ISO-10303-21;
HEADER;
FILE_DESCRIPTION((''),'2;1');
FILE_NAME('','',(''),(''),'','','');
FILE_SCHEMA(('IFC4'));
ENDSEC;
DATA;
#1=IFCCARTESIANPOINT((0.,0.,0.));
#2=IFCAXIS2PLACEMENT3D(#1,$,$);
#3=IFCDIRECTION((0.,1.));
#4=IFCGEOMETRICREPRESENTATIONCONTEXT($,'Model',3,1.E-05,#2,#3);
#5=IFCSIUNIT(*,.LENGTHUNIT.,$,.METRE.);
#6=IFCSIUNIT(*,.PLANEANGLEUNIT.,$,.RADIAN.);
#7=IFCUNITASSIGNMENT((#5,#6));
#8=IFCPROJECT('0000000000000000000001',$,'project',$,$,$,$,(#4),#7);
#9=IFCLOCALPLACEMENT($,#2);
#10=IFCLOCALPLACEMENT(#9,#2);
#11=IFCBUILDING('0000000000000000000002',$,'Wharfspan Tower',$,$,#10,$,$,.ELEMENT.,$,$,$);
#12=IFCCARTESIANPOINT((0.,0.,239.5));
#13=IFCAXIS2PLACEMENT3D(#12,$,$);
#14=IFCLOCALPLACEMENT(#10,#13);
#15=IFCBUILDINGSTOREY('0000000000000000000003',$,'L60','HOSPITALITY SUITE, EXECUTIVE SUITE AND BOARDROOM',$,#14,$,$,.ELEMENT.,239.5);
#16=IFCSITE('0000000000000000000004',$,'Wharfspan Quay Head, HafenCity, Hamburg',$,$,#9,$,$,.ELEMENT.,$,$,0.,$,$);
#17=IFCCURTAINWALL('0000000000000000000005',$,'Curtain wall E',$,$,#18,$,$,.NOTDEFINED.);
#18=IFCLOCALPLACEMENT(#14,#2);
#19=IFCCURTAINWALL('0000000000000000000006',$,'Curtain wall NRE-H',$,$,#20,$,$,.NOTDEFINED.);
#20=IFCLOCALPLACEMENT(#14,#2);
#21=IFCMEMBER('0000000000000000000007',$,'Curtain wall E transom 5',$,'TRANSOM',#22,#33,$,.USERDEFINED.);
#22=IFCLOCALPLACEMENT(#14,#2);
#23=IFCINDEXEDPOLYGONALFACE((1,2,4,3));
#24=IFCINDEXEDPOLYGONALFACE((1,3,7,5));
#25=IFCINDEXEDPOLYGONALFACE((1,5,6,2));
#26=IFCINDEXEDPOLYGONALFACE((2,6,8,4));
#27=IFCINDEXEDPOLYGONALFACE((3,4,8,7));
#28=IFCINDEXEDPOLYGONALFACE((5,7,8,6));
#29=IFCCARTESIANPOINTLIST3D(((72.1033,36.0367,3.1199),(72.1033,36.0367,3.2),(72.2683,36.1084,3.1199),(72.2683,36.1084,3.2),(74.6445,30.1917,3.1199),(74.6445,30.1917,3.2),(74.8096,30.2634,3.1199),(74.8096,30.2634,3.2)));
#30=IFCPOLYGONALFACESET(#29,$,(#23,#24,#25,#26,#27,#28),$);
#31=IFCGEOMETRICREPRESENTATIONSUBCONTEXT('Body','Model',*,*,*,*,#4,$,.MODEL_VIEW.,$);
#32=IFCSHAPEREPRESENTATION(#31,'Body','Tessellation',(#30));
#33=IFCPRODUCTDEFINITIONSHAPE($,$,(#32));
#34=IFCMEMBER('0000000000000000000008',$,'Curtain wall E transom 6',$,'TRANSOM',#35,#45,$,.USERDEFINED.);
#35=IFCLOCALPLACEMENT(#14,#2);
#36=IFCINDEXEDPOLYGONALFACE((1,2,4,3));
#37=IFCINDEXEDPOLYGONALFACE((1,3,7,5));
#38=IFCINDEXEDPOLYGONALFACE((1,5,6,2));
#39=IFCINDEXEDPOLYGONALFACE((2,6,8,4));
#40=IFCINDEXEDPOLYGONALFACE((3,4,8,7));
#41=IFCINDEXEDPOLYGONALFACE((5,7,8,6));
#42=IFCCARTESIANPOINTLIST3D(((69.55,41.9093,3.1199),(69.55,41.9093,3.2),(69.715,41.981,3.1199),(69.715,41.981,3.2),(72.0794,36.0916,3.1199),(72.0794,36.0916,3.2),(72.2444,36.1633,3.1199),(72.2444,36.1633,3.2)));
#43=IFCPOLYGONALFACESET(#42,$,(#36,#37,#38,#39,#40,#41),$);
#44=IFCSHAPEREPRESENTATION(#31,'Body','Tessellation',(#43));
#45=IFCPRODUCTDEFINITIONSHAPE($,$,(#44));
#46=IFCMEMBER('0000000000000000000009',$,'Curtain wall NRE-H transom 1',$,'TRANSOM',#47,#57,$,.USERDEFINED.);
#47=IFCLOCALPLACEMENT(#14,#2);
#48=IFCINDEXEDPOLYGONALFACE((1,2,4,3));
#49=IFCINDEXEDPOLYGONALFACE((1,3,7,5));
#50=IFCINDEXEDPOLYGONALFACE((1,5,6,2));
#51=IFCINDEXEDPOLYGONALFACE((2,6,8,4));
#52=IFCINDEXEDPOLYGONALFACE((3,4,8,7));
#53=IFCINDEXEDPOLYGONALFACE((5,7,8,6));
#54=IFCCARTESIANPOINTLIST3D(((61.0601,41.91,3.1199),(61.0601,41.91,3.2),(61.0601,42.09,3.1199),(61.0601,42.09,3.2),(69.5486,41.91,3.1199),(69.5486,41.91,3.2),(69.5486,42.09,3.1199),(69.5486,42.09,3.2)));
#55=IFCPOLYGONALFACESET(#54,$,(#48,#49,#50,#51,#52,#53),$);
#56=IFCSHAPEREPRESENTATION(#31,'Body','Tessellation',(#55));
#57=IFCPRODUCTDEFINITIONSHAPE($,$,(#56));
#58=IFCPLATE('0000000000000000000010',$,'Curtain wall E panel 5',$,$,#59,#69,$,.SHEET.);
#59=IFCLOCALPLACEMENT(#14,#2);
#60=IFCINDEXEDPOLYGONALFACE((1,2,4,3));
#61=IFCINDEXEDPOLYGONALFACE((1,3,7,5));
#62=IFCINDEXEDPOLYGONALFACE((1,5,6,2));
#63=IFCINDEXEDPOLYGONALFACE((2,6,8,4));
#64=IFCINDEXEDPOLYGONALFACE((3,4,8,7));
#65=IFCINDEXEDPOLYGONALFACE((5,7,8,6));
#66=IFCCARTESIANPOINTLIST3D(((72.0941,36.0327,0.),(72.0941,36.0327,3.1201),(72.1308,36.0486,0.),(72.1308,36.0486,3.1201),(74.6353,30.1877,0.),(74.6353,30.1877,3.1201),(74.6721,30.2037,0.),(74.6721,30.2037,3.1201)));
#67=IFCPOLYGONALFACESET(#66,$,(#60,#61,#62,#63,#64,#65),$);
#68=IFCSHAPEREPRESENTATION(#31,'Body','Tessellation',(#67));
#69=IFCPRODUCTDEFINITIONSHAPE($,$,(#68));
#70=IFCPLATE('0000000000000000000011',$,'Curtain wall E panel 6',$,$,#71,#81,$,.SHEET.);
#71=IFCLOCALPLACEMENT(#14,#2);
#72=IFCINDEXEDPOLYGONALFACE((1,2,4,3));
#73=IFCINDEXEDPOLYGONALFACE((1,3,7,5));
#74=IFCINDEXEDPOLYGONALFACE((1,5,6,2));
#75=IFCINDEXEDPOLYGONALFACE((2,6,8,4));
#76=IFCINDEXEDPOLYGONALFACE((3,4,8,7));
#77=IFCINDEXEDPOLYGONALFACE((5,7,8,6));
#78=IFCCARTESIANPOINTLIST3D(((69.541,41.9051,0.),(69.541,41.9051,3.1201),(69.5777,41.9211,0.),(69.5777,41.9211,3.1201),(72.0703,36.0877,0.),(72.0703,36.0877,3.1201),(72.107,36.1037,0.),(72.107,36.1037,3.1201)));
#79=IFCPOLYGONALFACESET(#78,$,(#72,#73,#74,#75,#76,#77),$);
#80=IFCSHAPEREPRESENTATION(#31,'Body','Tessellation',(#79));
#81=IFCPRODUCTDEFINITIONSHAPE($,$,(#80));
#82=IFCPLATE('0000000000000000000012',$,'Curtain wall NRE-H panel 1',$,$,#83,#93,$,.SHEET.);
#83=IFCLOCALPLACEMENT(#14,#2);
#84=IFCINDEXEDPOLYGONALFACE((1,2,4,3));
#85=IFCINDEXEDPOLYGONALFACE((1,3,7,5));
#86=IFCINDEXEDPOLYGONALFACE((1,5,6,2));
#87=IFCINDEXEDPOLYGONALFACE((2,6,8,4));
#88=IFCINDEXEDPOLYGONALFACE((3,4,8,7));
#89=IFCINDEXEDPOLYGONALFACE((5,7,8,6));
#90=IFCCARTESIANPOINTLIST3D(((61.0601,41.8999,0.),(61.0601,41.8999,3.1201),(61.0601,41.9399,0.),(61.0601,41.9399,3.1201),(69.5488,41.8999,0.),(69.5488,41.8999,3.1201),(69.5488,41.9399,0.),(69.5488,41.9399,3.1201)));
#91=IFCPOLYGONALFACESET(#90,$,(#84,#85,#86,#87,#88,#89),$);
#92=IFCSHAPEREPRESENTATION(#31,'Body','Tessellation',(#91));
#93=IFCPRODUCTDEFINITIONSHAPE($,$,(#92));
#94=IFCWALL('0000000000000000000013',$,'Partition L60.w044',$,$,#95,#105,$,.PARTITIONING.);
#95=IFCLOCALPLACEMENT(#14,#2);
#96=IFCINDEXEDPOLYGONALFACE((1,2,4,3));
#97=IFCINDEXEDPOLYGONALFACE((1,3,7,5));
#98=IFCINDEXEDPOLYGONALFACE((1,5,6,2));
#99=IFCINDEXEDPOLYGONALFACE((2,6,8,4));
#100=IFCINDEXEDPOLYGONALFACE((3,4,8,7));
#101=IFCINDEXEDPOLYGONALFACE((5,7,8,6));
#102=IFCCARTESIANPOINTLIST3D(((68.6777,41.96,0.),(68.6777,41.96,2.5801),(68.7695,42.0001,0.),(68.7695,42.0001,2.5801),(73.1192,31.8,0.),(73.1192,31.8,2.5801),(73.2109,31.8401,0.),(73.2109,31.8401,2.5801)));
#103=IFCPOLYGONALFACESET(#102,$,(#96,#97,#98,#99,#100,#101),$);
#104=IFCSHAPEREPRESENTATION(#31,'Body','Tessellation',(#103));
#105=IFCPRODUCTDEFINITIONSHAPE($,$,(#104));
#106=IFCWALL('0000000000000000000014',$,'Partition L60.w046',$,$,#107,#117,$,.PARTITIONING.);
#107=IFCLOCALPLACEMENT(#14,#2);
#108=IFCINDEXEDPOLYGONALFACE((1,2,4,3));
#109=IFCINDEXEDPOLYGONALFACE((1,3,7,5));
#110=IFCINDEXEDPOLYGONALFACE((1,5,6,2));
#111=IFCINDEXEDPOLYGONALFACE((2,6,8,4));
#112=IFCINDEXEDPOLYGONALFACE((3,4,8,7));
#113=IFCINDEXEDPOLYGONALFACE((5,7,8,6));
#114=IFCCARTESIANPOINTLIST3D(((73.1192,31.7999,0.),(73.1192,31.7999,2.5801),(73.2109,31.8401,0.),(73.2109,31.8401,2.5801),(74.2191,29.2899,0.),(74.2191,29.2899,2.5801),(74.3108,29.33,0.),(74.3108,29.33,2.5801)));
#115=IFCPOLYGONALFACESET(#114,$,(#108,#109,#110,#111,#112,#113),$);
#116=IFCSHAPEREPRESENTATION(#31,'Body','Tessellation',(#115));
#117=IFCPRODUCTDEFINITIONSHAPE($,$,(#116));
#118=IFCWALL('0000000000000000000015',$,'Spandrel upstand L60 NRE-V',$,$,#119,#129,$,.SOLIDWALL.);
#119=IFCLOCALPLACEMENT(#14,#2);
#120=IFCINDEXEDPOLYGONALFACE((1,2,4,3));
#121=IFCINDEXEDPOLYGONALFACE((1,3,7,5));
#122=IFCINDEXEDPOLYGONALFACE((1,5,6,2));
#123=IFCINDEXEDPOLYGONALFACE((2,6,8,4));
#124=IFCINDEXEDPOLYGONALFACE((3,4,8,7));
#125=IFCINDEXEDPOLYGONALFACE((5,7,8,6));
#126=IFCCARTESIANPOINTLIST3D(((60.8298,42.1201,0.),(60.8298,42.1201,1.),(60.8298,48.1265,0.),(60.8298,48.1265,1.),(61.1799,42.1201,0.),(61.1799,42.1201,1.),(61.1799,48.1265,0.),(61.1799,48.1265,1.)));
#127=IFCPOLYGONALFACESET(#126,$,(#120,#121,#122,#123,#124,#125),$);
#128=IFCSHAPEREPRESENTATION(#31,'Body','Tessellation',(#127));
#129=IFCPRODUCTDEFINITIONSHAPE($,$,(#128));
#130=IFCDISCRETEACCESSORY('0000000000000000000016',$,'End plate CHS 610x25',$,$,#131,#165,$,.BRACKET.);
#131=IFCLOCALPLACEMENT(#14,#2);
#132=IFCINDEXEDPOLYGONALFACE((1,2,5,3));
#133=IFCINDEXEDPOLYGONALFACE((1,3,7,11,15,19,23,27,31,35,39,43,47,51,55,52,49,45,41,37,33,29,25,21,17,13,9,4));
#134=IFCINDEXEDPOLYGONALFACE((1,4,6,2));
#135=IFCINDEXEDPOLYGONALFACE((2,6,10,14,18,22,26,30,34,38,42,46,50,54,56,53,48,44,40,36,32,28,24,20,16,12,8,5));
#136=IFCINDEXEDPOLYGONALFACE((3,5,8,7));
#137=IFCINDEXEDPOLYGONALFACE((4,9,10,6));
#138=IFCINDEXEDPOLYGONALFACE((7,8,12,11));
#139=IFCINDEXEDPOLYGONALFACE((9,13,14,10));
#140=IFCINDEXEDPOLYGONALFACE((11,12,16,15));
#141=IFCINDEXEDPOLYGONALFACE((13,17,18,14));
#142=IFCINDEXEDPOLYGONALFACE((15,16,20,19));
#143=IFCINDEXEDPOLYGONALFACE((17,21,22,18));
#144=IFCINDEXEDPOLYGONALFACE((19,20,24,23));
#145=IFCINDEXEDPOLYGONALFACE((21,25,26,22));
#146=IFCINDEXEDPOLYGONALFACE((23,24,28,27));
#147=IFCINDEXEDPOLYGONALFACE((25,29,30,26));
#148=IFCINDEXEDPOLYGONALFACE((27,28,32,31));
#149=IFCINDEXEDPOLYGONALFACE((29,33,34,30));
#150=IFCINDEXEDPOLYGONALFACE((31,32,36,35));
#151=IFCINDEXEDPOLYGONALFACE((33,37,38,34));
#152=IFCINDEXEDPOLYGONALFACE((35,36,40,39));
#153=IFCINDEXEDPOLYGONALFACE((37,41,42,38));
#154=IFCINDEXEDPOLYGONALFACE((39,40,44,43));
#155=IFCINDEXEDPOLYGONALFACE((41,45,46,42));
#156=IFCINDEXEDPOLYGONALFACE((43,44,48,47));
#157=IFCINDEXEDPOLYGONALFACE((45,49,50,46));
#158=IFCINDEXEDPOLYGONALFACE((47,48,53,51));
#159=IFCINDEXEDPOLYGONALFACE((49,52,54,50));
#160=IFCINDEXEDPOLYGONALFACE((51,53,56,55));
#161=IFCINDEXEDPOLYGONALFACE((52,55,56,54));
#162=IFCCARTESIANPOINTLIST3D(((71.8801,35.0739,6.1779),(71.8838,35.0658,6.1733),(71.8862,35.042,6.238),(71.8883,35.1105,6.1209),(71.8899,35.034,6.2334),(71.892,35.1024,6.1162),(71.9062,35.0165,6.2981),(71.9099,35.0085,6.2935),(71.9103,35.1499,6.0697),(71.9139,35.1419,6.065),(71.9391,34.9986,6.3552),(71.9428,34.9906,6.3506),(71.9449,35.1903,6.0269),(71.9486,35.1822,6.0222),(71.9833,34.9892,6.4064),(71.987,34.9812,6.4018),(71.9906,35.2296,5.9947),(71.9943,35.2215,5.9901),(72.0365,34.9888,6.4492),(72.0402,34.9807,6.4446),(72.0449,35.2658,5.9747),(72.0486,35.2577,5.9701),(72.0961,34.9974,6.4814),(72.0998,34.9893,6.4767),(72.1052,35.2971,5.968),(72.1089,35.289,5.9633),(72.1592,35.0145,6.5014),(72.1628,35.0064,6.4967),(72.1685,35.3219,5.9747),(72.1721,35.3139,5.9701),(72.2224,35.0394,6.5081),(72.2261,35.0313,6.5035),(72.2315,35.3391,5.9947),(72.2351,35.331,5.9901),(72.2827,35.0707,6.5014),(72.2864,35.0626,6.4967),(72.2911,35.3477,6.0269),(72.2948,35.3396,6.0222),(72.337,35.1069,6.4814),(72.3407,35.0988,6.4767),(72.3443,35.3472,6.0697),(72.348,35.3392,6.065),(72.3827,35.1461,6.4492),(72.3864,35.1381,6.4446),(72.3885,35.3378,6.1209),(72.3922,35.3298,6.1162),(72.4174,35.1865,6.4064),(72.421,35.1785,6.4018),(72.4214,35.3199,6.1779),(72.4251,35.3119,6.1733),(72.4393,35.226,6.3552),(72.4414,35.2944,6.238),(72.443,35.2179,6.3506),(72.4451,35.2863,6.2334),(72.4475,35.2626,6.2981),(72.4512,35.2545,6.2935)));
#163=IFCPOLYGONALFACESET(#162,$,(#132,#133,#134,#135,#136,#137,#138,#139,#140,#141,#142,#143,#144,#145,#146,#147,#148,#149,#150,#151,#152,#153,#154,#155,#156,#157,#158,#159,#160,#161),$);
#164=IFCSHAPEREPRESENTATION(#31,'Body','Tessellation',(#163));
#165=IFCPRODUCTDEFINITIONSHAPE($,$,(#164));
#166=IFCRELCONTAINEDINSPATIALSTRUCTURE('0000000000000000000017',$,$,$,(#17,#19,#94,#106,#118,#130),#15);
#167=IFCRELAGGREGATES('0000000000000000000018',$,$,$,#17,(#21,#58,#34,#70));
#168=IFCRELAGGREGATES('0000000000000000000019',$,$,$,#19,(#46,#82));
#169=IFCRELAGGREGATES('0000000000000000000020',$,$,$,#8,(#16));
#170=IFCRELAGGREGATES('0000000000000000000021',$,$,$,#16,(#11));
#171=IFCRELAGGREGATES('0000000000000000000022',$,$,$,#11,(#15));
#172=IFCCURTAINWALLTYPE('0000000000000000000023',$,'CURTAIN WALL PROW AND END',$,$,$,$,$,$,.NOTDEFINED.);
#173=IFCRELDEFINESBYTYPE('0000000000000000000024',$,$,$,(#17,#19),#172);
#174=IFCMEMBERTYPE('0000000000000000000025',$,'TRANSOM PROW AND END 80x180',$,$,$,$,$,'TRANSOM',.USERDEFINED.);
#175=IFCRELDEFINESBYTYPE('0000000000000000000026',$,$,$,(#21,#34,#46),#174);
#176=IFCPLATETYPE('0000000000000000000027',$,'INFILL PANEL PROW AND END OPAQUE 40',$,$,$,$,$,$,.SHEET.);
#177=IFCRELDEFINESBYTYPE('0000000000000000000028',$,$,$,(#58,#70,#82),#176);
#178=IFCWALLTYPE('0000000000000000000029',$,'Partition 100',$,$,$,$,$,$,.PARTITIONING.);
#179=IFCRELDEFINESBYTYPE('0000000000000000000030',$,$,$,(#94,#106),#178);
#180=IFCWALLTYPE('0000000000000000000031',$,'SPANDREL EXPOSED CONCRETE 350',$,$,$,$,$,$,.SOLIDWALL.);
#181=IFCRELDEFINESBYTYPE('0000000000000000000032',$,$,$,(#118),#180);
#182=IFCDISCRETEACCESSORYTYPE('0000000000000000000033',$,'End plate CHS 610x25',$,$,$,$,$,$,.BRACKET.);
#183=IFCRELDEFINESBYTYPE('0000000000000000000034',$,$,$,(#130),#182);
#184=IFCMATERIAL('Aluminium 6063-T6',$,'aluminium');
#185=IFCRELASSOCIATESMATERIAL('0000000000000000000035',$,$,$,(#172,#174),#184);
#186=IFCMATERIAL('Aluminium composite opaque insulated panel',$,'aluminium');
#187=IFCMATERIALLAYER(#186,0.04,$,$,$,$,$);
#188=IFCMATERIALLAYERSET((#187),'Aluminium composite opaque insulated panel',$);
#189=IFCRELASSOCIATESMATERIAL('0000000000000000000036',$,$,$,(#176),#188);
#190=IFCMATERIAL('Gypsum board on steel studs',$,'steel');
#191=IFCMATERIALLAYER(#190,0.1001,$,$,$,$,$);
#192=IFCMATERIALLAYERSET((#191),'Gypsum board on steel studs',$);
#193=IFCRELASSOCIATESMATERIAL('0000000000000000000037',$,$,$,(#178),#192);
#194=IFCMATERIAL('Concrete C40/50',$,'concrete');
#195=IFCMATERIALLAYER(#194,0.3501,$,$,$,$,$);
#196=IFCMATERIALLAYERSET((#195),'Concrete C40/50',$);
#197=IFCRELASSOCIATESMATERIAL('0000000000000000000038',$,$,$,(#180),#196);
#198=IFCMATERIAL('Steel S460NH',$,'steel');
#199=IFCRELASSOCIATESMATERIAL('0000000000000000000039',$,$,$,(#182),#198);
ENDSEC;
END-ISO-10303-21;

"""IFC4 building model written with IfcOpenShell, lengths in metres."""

from ifc_helpers import new_model, si_unit, direction, frame, frame_2d, origin, origin_2d, place, context, subcontext, project, spatial, rectangle, circle, extrude, material, layer, layer_set, material_profile, profile_set, type_object, element, aggregate, save


model = new_model("IFC4")

# Units and contexts
model_context = context("Model", 3, precision=1e-05, world=origin(), true_north=direction((0.0, 1.0)))
body_context = subcontext(model_context, "Body", "Model", "MODEL_VIEW")
ifc_project = project(units=[si_unit("LENGTHUNIT", "METRE"), si_unit("PLANEANGLEUNIT", "RADIAN")], contexts=[model_context])

# Site, building, storey
site_placement = place(None, origin())
site = spatial("IfcSite", under=ifc_project, at=site_placement, Name="Wharfspan Quay Head, HafenCity, Hamburg", CompositionType="ELEMENT", RefElevation=0.0)
building_placement = place(site_placement, origin())
building = spatial("IfcBuilding", under=site, at=building_placement, Name="Wharfspan Tower", CompositionType="ELEMENT")
storey_placement = place(building_placement, frame((0.0, 0.0, 239.5)))
storey = spatial("IfcBuildingStorey", under=building, at=storey_placement, Name="L60", Description="HOSPITALITY SUITE, EXECUTIVE SUITE AND BOARDROOM", CompositionType="ELEMENT", Elevation=239.5)

# Curtain walls
ifc_material_1 = material(Name="Aluminium 6063-T6", Category="aluminium")
curtain_wall_type = type_object("IfcCurtainWallType", Name="CURTAIN WALL PROW AND END", PredefinedType="NOTDEFINED", material=ifc_material_1)
curtain_wall_1_placement = place(storey_placement, origin())
curtain_wall_1 = element("IfcCurtainWall", 1, at=curtain_wall_1_placement, inside=storey, type_object=curtain_wall_type, Name="Curtain wall E", PredefinedType="NOTDEFINED")
curtain_wall_2_placement = place(storey_placement, origin())
curtain_wall_2 = element("IfcCurtainWall", 2, at=curtain_wall_2_placement, inside=storey, type_object=curtain_wall_type, Name="Curtain wall NRE-H", PredefinedType="NOTDEFINED")

# Shared definitions
ifc_material_2 = material(Name="Steel S460NH", Category="steel")

# Members
ifc_material_profile_1 = material_profile(ifc_material_1, rectangle(XDim=0.1799, YDim=0.0801, at=origin_2d()))
ifc_profile_set_1 = profile_set([ifc_material_profile_1], Name="Aluminium 6063-T6")
member_type_1 = type_object("IfcMemberType", Name="TRANSOM PROW AND END 80x180", ElementType="TRANSOM", PredefinedType="USERDEFINED", material=ifc_profile_set_1)
member_1_placement = place(storey_placement, frame((74.7271, 30.2275, 3.1599), z_axis=(-0.398722, 0.917072, 0.0), x_axis=(-0.917072, -0.398722, 0.0)))
member_1 = element("IfcMember", 3, at=member_1_placement, type_object=member_type_1, Name="Curtain wall E transom 5", ObjectType="TRANSOM", PredefinedType="USERDEFINED", context=body_context, shape_type="SweptSolid", body=[
    extrude(rectangle(XDim=0.1799, YDim=0.0801, at=origin_2d()), origin(), (0.0, 0.0, 1.0), 6.3735),
])
member_2_placement = place(storey_placement, frame((72.1619, 36.1274, 3.1599), z_axis=(-0.398712, 0.917076, 0.0), x_axis=(-0.917076, -0.398712, 0.0)))
member_2 = element("IfcMember", 4, at=member_2_placement, type_object=member_type_1, Name="Curtain wall E transom 6", ObjectType="TRANSOM", PredefinedType="USERDEFINED", context=body_context, shape_type="SweptSolid", body=[
    extrude(rectangle(XDim=0.1799, YDim=0.0801, at=origin_2d()), origin(), (0.0, 0.0, 1.0), 6.3438),
])
member_3_placement = place(storey_placement, frame((69.5486, 42.0, 3.1599), z_axis=(-1.0, 0.0, 0.0), x_axis=(0.0, -1.0, 0.0)))
member_3 = element("IfcMember", 5, at=member_3_placement, type_object=member_type_1, Name="Curtain wall NRE-H transom 1", ObjectType="TRANSOM", PredefinedType="USERDEFINED", context=body_context, shape_type="SweptSolid", body=[
    extrude(rectangle(XDim=0.1799, YDim=0.0801, at=origin_2d()), origin(), (0.0, 0.0, 1.0), 8.4885),
])

# Plates
ifc_material_3 = material(Name="Aluminium composite opaque insulated panel", Category="aluminium")
ifc_layer_1 = layer(ifc_material_3, 0.04)
ifc_layer_set_1 = layer_set([ifc_layer_1], Name="Aluminium composite opaque insulated panel")
plate_type = type_object("IfcPlateType", Name="INFILL PANEL PROW AND END OPAQUE 40", PredefinedType="SHEET", material=ifc_layer_set_1)
plate_1_placement = place(storey_placement, frame((73.3831, 33.1182, 0.0), z_axis=(0.0, 0.0, 1.0), x_axis=(-0.398727, 0.917072, 0.0)))
plate_1 = element("IfcPlate", 6, at=plate_1_placement, type_object=plate_type, Name="Curtain wall E panel 5", PredefinedType="SHEET", context=body_context, shape_type="SweptSolid", body=[
    extrude(rectangle(XDim=6.3735, YDim=0.04, at=origin_2d()), origin(), (0.0, 0.0, 1.0), 3.1201),
])
plate_2_placement = place(storey_placement, frame((70.824, 39.0044, 0.0), z_axis=(0.0, 0.0, 1.0), x_axis=(-0.398727, 0.917072, 0.0)))
plate_2 = element("IfcPlate", 7, at=plate_2_placement, type_object=plate_type, Name="Curtain wall E panel 6", PredefinedType="SHEET", context=body_context, shape_type="SweptSolid", body=[
    extrude(rectangle(XDim=6.3435, YDim=0.04, at=origin_2d()), origin(), (0.0, 0.0, 1.0), 3.1201),
])
aggregate(curtain_wall_1, [member_1, plate_1, member_2, plate_2])
plate_3_placement = place(storey_placement, frame((65.3044, 41.9199, 0.0), z_axis=(0.0, 0.0, 1.0), x_axis=(-1.0, 0.0, 0.0)))
plate_3 = element("IfcPlate", 8, at=plate_3_placement, type_object=plate_type, Name="Curtain wall NRE-H panel 1", PredefinedType="SHEET", context=body_context, shape_type="SweptSolid", body=[
    extrude(rectangle(XDim=8.4888, YDim=0.04, at=origin_2d()), origin(), (0.0, 0.0, 1.0), 3.1201),
])
aggregate(curtain_wall_2, [member_3, plate_3])

# Walls
ifc_material_4 = material(Name="Gypsum board on steel studs", Category="steel")
ifc_layer_2 = layer(ifc_material_4, 0.1001)
ifc_layer_set_2 = layer_set([ifc_layer_2], Name="Gypsum board on steel studs")
wall_type_1 = type_object("IfcWallType", Name="Partition 100", PredefinedType="PARTITIONING", material=ifc_layer_set_2)
wall_1_placement = place(storey_placement, frame((73.165, 31.8201, 0.0), z_axis=(0.0, 0.0, 1.0), x_axis=(-0.400551, 0.916278, 0.0)))
element("IfcWall", 9, at=wall_1_placement, inside=storey, type_object=wall_type_1, Name="Partition L60.w044", PredefinedType="PARTITIONING", context=body_context, shape_type="SweptSolid", body=[
    extrude(rectangle(XDim=11.0884, YDim=0.1001, at=frame_2d((5.5442, 0.0))), origin(), (0.0, 0.0, 1.0), 2.5801),
])
wall_2_placement = place(storey_placement, frame((74.2649, 29.3101, 0.0), z_axis=(0.0, 0.0, 1.0), x_axis=(-0.401346, 0.915924, 0.0)))
element("IfcWall", 10, at=wall_2_placement, inside=storey, type_object=wall_type_1, Name="Partition L60.w046", PredefinedType="PARTITIONING", context=body_context, shape_type="SweptSolid", body=[
    extrude(rectangle(XDim=2.7405, YDim=0.1001, at=frame_2d((1.3701, 0.0))), origin(), (0.0, 0.0, 1.0), 2.5801),
])
ifc_material_5 = material(Name="Concrete C40/50", Category="concrete")
ifc_layer_3 = layer(ifc_material_5, 0.3501)
ifc_layer_set_3 = layer_set([ifc_layer_3], Name="Concrete C40/50")
wall_type_2 = type_object("IfcWallType", Name="SPANDREL EXPOSED CONCRETE 350", PredefinedType="SOLIDWALL", material=ifc_layer_set_3)
wall_3_placement = place(storey_placement, frame((61.0049, 42.1201, 0.0), z_axis=(0.0, 0.0, 1.0), x_axis=(0.0, 1.0, 0.0)))
element("IfcWall", 11, at=wall_3_placement, inside=storey, type_object=wall_type_2, Name="Spandrel upstand L60 NRE-V", PredefinedType="SOLIDWALL", context=body_context, shape_type="SweptSolid", body=[
    extrude(rectangle(XDim=6.0063, YDim=0.3501, at=frame_2d((3.0032, 0.0))), origin(), (0.0, 0.0, 1.0), 1.0),
])

# Discrete accessory
ifc_material_profile_2 = material_profile(ifc_material_2, circle(Radius=0.3049, at=origin_2d()))
ifc_profile_set_2 = profile_set([ifc_material_profile_2], Name="Steel S460NH")
discrete_accessory_type = type_object("IfcDiscreteAccessoryType", Name="End plate CHS 610x25", PredefinedType="BRACKET", material=ifc_profile_set_2)
for number, where, z_axis, x_axis, name in (
    (12, (72.1675, 35.1602, 6.2334), (-0.366508, 0.806318, 0.464244), (-0.910368, -0.413804, 0.000001), "End plate CHS 610x25"),
):
    element("IfcDiscreteAccessory", number, at=place(storey_placement, frame(where, z_axis=z_axis, x_axis=x_axis)), inside=storey, type_object=discrete_accessory_type, Name=name, PredefinedType="BRACKET", context=body_context, shape_type="SweptSolid", body=[
        extrude(circle(Radius=0.3049, at=origin_2d()), origin(), (0.0, 0.0, 1.0), 0.01),
    ])

save(model, "model.ifc")
